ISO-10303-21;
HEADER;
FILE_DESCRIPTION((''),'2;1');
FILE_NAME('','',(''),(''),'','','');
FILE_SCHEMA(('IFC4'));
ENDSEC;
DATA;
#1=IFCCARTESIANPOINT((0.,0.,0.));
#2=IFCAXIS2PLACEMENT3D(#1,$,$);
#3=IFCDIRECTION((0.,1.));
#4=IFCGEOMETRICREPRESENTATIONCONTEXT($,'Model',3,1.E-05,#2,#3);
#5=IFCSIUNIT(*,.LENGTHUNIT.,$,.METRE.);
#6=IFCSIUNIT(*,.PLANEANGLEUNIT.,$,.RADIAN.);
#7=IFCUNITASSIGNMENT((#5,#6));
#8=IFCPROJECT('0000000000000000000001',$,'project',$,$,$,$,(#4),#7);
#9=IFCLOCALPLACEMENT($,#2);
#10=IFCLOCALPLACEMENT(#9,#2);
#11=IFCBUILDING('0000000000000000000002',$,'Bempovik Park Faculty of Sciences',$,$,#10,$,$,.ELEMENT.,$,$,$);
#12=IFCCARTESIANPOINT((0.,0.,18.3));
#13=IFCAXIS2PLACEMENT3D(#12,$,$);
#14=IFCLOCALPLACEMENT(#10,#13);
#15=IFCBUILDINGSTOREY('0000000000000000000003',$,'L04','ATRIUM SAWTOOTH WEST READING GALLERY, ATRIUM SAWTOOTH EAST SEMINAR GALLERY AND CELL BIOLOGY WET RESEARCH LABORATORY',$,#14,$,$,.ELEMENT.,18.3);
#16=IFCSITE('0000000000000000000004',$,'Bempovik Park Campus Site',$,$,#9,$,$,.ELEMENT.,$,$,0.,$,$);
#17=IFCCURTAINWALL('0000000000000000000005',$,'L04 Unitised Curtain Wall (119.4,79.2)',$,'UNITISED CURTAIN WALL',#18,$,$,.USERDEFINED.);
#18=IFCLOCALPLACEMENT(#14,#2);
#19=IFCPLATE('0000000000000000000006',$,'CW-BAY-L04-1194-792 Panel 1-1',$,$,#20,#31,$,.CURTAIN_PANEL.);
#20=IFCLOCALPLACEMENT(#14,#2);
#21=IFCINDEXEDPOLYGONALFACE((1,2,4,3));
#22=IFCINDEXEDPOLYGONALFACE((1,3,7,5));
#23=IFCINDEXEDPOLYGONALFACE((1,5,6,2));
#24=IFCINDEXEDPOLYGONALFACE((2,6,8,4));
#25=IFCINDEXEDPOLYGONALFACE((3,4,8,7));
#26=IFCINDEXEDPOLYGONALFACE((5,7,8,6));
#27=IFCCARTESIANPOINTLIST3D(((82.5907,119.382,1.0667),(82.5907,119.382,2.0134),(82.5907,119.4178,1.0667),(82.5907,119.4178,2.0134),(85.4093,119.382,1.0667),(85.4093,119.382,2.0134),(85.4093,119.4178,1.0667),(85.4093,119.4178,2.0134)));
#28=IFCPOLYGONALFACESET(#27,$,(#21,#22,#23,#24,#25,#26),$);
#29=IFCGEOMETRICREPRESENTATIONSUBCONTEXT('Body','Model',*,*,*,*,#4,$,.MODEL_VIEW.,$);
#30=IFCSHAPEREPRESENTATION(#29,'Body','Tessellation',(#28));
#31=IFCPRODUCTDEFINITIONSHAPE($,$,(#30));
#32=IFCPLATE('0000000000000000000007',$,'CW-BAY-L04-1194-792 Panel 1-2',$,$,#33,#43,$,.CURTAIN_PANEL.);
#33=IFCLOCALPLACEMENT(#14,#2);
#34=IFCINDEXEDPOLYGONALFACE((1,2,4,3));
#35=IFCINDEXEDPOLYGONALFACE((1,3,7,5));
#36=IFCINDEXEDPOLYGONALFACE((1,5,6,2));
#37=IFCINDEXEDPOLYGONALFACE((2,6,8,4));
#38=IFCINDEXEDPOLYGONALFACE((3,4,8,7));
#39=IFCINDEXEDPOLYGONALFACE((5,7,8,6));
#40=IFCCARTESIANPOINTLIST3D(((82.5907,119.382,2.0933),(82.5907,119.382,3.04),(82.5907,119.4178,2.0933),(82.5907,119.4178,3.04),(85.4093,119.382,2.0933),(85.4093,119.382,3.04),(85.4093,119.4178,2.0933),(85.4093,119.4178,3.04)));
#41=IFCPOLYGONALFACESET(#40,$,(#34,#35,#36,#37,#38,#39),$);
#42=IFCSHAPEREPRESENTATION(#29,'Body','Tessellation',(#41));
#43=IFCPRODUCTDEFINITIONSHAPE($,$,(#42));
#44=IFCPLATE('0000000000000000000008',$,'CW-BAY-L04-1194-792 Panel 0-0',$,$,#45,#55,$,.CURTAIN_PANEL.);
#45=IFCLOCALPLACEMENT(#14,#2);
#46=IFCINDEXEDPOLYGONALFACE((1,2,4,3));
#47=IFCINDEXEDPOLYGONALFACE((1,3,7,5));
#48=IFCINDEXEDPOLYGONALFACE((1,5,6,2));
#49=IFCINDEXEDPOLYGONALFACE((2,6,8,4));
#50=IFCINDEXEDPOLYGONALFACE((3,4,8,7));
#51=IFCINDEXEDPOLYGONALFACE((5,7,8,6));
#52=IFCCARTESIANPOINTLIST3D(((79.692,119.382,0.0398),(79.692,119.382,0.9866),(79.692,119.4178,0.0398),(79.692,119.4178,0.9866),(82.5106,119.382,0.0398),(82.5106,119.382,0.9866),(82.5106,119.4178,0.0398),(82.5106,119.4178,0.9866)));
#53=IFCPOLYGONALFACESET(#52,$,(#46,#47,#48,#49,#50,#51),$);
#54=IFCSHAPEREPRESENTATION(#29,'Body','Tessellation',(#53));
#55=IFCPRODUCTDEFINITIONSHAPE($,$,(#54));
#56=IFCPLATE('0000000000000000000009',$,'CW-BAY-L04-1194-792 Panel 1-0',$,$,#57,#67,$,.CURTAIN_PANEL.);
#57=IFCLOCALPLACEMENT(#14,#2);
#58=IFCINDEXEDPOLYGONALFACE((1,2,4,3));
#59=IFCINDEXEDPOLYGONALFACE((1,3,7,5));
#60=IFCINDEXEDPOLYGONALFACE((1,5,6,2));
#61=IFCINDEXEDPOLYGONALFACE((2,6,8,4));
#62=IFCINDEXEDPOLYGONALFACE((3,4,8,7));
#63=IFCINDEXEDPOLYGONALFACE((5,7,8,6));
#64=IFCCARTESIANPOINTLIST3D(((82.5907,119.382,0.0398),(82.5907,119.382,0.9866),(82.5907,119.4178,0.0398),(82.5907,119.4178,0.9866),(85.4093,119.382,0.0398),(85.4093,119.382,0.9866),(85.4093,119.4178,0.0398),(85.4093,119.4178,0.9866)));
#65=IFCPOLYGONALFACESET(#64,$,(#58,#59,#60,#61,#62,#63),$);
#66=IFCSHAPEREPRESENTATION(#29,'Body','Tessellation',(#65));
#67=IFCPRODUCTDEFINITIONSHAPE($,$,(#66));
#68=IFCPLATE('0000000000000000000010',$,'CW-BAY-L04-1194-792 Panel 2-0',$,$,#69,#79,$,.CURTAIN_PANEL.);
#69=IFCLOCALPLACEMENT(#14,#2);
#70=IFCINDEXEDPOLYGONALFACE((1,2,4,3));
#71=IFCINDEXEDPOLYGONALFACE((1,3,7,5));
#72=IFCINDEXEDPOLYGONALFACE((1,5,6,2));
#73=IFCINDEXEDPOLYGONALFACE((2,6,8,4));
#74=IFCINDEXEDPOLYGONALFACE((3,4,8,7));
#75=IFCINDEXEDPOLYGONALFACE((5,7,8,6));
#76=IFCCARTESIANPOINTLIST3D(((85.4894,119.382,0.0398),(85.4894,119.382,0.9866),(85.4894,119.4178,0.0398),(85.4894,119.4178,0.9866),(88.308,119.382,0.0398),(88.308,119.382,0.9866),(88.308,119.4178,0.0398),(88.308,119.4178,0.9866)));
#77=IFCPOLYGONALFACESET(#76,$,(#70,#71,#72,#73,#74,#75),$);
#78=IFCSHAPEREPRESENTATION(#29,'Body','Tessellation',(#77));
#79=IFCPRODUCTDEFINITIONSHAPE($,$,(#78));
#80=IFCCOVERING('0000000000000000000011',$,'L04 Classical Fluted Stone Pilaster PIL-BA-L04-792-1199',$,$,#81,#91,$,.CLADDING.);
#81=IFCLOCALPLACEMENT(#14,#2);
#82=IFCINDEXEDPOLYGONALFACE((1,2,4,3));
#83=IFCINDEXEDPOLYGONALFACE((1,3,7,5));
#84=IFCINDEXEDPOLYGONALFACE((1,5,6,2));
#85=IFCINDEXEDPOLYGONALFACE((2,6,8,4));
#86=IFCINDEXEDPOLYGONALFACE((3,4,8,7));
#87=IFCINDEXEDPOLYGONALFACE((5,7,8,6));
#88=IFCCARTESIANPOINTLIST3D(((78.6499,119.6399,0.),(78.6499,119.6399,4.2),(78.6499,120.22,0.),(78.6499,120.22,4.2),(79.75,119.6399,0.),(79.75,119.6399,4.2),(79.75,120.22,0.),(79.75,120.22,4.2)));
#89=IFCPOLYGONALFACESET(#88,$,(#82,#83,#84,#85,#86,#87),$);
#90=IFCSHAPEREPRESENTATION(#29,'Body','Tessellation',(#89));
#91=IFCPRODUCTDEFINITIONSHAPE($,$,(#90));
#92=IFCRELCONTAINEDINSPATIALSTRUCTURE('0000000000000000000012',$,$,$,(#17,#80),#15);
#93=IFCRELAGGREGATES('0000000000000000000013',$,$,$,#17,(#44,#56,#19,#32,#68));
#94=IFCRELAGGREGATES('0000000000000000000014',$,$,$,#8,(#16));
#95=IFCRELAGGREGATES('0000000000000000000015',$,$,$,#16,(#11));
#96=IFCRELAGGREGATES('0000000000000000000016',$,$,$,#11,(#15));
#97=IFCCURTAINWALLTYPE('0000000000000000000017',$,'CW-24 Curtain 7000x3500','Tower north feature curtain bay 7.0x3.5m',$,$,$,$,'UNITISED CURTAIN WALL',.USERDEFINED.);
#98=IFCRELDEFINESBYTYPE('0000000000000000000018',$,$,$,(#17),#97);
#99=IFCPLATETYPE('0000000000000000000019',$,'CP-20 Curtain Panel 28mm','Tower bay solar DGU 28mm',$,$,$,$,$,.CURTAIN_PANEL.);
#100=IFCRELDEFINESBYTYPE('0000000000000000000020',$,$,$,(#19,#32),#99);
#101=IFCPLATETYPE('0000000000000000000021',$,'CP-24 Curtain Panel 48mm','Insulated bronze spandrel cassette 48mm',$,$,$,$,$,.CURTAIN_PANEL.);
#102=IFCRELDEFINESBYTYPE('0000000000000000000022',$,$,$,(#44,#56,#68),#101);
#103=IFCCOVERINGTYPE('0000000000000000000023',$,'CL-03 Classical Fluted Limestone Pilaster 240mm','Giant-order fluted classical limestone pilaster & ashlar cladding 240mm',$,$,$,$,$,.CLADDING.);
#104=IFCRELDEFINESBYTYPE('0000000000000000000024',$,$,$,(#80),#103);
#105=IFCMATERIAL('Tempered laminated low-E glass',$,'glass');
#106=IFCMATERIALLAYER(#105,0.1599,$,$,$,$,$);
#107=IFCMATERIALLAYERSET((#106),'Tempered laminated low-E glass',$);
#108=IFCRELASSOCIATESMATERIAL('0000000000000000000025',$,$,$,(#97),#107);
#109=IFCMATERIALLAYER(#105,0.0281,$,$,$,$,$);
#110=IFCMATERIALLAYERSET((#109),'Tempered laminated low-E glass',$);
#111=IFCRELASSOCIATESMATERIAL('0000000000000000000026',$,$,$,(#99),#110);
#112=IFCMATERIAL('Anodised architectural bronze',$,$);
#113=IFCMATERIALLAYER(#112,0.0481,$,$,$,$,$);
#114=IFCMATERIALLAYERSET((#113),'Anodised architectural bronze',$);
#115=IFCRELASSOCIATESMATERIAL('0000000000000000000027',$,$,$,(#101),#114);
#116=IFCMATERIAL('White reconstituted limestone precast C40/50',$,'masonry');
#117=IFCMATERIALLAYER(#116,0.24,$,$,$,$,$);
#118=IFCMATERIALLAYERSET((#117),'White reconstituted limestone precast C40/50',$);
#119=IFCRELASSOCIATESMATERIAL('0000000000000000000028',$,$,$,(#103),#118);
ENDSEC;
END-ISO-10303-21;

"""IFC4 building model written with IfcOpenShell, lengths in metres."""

from ifc_helpers import new_model, si_unit, direction, frame, origin, origin_2d, place, context, subcontext, project, spatial, rectangle, extrude, material, layer, layer_set, type_object, element, aggregate, save


model = new_model("IFC4")

# Units and contexts
model_context = context("Model", 3, precision=1e-05, world=origin(), true_north=direction((0.0, 1.0)))
body_context = subcontext(model_context, "Body", "Model", "MODEL_VIEW")
ifc_project = project(units=[si_unit("LENGTHUNIT", "METRE"), si_unit("PLANEANGLEUNIT", "RADIAN")], contexts=[model_context])

# Site, building, storey
site_placement = place(None, origin())
site = spatial("IfcSite", under=ifc_project, at=site_placement, Name="Bempovik Park Campus Site", CompositionType="ELEMENT", RefElevation=0.0)
building_placement = place(site_placement, origin())
building = spatial("IfcBuilding", under=site, at=building_placement, Name="Bempovik Park Faculty of Sciences", CompositionType="ELEMENT")
storey_placement = place(building_placement, frame((0.0, 0.0, 18.3)))
storey = spatial("IfcBuildingStorey", under=building, at=storey_placement, Name="L04", Description="ATRIUM SAWTOOTH WEST READING GALLERY, ATRIUM SAWTOOTH EAST SEMINAR GALLERY AND CELL BIOLOGY WET RESEARCH LABORATORY", CompositionType="ELEMENT", Elevation=18.3)

# Curtain wall, plates
ifc_material_1 = material(Name="Tempered laminated low-E glass", Category="glass")
ifc_layer_1 = layer(ifc_material_1, 0.1599)
ifc_layer_set_1 = layer_set([ifc_layer_1], Name="Tempered laminated low-E glass")
curtain_wall_type = type_object("IfcCurtainWallType", Name="CW-24 Curtain 7000x3500", Description="Tower north feature curtain bay 7.0x3.5m", ElementType="UNITISED CURTAIN WALL", PredefinedType="USERDEFINED", material=ifc_layer_set_1)
curtain_wall_placement = place(storey_placement, origin())
curtain_wall = element("IfcCurtainWall", 1, at=curtain_wall_placement, inside=storey, type_object=curtain_wall_type, Name="L04 Unitised Curtain Wall (119.4,79.2)", ObjectType="UNITISED CURTAIN WALL", PredefinedType="USERDEFINED")
ifc_layer_2 = layer(ifc_material_1, 0.0281)
ifc_layer_set_2 = layer_set([ifc_layer_2], Name="Tempered laminated low-E glass")
plate_type_1 = type_object("IfcPlateType", Name="CP-20 Curtain Panel 28mm", Description="Tower bay solar DGU 28mm", PredefinedType="CURTAIN_PANEL", material=ifc_layer_set_2)
plate_1_placement = place(storey_placement, frame((84.0, 119.3999, 1.0667), z_axis=(0.0, 0.0, 1.0), x_axis=(1.0, 0.0, 0.0)))
plate_1 = element("IfcPlate", 2, at=plate_1_placement, type_object=plate_type_1, Name="CW-BAY-L04-1194-792 Panel 1-1", PredefinedType="CURTAIN_PANEL", context=body_context, shape_type="SweptSolid", body=[
    extrude(rectangle(XDim=2.8186, YDim=0.0359, at=origin_2d()), origin(), (0.0, 0.0, 1.0), 0.9468),
])
plate_2_placement = place(storey_placement, frame((84.0, 119.3999, 2.0933), z_axis=(0.0, 0.0, 1.0), x_axis=(1.0, 0.0, 0.0)))
plate_2 = element("IfcPlate", 3, at=plate_2_placement, type_object=plate_type_1, Name="CW-BAY-L04-1194-792 Panel 1-2", PredefinedType="CURTAIN_PANEL", context=body_context, shape_type="SweptSolid", body=[
    extrude(rectangle(XDim=2.8186, YDim=0.0359, at=origin_2d()), origin(), (0.0, 0.0, 1.0), 0.9468),
])
ifc_material_2 = material(Name="Anodised architectural bronze")
ifc_layer_3 = layer(ifc_material_2, 0.0481)
ifc_layer_set_3 = layer_set([ifc_layer_3], Name="Anodised architectural bronze")
plate_type_2 = type_object("IfcPlateType", Name="CP-24 Curtain Panel 48mm", Description="Insulated bronze spandrel cassette 48mm", PredefinedType="CURTAIN_PANEL", material=ifc_layer_set_3)
plate_3_placement = place(storey_placement, frame((81.1013, 119.3999, 0.0398), z_axis=(0.0, 0.0, 1.0), x_axis=(1.0, 0.0, 0.0)))
plate_3 = element("IfcPlate", 4, at=plate_3_placement, type_object=plate_type_2, Name="CW-BAY-L04-1194-792 Panel 0-0", PredefinedType="CURTAIN_PANEL", context=body_context, shape_type="SweptSolid", body=[
    extrude(rectangle(XDim=2.8186, YDim=0.0359, at=origin_2d()), origin(), (0.0, 0.0, 1.0), 0.9468),
])
plate_4_placement = place(storey_placement, frame((84.0, 119.3999, 0.0398), z_axis=(0.0, 0.0, 1.0), x_axis=(1.0, 0.0, 0.0)))
plate_4 = element("IfcPlate", 5, at=plate_4_placement, type_object=plate_type_2, Name="CW-BAY-L04-1194-792 Panel 1-0", PredefinedType="CURTAIN_PANEL", context=body_context, shape_type="SweptSolid", body=[
    extrude(rectangle(XDim=2.8186, YDim=0.0359, at=origin_2d()), origin(), (0.0, 0.0, 1.0), 0.9468),
])
plate_5_placement = place(storey_placement, frame((86.8987, 119.3999, 0.0398), z_axis=(0.0, 0.0, 1.0), x_axis=(1.0, 0.0, 0.0)))
plate_5 = element("IfcPlate", 6, at=plate_5_placement, type_object=plate_type_2, Name="CW-BAY-L04-1194-792 Panel 2-0", PredefinedType="CURTAIN_PANEL", context=body_context, shape_type="SweptSolid", body=[
    extrude(rectangle(XDim=2.8186, YDim=0.0359, at=origin_2d()), origin(), (0.0, 0.0, 1.0), 0.9468),
])
aggregate(curtain_wall, [plate_3, plate_4, plate_1, plate_2, plate_5])

# Covering
ifc_material_3 = material(Name="White reconstituted limestone precast C40/50", Category="masonry")
ifc_layer_4 = layer(ifc_material_3, 0.24)
ifc_layer_set_4 = layer_set([ifc_layer_4], Name="White reconstituted limestone precast C40/50")
covering_type = type_object("IfcCoveringType", Name="CL-03 Classical Fluted Limestone Pilaster 240mm", Description="Giant-order fluted classical limestone pilaster & ashlar cladding 240mm", PredefinedType="CLADDING", material=ifc_layer_set_4)
covering_placement = place(storey_placement, frame((79.2, 119.9299, 0.0), z_axis=(0.0, 0.0, 1.0), x_axis=(1.0, 0.0, 0.0)))
element("IfcCovering", 7, at=covering_placement, inside=storey, type_object=covering_type, Name="L04 Classical Fluted Stone Pilaster PIL-BA-L04-792-1199", PredefinedType="CLADDING", context=body_context, shape_type="SweptSolid", body=[
    extrude(rectangle(XDim=1.1001, YDim=0.5801, at=origin_2d()), origin(), (0.0, 0.0, 1.0), 4.2),
])

save(model, "model.ifc")
